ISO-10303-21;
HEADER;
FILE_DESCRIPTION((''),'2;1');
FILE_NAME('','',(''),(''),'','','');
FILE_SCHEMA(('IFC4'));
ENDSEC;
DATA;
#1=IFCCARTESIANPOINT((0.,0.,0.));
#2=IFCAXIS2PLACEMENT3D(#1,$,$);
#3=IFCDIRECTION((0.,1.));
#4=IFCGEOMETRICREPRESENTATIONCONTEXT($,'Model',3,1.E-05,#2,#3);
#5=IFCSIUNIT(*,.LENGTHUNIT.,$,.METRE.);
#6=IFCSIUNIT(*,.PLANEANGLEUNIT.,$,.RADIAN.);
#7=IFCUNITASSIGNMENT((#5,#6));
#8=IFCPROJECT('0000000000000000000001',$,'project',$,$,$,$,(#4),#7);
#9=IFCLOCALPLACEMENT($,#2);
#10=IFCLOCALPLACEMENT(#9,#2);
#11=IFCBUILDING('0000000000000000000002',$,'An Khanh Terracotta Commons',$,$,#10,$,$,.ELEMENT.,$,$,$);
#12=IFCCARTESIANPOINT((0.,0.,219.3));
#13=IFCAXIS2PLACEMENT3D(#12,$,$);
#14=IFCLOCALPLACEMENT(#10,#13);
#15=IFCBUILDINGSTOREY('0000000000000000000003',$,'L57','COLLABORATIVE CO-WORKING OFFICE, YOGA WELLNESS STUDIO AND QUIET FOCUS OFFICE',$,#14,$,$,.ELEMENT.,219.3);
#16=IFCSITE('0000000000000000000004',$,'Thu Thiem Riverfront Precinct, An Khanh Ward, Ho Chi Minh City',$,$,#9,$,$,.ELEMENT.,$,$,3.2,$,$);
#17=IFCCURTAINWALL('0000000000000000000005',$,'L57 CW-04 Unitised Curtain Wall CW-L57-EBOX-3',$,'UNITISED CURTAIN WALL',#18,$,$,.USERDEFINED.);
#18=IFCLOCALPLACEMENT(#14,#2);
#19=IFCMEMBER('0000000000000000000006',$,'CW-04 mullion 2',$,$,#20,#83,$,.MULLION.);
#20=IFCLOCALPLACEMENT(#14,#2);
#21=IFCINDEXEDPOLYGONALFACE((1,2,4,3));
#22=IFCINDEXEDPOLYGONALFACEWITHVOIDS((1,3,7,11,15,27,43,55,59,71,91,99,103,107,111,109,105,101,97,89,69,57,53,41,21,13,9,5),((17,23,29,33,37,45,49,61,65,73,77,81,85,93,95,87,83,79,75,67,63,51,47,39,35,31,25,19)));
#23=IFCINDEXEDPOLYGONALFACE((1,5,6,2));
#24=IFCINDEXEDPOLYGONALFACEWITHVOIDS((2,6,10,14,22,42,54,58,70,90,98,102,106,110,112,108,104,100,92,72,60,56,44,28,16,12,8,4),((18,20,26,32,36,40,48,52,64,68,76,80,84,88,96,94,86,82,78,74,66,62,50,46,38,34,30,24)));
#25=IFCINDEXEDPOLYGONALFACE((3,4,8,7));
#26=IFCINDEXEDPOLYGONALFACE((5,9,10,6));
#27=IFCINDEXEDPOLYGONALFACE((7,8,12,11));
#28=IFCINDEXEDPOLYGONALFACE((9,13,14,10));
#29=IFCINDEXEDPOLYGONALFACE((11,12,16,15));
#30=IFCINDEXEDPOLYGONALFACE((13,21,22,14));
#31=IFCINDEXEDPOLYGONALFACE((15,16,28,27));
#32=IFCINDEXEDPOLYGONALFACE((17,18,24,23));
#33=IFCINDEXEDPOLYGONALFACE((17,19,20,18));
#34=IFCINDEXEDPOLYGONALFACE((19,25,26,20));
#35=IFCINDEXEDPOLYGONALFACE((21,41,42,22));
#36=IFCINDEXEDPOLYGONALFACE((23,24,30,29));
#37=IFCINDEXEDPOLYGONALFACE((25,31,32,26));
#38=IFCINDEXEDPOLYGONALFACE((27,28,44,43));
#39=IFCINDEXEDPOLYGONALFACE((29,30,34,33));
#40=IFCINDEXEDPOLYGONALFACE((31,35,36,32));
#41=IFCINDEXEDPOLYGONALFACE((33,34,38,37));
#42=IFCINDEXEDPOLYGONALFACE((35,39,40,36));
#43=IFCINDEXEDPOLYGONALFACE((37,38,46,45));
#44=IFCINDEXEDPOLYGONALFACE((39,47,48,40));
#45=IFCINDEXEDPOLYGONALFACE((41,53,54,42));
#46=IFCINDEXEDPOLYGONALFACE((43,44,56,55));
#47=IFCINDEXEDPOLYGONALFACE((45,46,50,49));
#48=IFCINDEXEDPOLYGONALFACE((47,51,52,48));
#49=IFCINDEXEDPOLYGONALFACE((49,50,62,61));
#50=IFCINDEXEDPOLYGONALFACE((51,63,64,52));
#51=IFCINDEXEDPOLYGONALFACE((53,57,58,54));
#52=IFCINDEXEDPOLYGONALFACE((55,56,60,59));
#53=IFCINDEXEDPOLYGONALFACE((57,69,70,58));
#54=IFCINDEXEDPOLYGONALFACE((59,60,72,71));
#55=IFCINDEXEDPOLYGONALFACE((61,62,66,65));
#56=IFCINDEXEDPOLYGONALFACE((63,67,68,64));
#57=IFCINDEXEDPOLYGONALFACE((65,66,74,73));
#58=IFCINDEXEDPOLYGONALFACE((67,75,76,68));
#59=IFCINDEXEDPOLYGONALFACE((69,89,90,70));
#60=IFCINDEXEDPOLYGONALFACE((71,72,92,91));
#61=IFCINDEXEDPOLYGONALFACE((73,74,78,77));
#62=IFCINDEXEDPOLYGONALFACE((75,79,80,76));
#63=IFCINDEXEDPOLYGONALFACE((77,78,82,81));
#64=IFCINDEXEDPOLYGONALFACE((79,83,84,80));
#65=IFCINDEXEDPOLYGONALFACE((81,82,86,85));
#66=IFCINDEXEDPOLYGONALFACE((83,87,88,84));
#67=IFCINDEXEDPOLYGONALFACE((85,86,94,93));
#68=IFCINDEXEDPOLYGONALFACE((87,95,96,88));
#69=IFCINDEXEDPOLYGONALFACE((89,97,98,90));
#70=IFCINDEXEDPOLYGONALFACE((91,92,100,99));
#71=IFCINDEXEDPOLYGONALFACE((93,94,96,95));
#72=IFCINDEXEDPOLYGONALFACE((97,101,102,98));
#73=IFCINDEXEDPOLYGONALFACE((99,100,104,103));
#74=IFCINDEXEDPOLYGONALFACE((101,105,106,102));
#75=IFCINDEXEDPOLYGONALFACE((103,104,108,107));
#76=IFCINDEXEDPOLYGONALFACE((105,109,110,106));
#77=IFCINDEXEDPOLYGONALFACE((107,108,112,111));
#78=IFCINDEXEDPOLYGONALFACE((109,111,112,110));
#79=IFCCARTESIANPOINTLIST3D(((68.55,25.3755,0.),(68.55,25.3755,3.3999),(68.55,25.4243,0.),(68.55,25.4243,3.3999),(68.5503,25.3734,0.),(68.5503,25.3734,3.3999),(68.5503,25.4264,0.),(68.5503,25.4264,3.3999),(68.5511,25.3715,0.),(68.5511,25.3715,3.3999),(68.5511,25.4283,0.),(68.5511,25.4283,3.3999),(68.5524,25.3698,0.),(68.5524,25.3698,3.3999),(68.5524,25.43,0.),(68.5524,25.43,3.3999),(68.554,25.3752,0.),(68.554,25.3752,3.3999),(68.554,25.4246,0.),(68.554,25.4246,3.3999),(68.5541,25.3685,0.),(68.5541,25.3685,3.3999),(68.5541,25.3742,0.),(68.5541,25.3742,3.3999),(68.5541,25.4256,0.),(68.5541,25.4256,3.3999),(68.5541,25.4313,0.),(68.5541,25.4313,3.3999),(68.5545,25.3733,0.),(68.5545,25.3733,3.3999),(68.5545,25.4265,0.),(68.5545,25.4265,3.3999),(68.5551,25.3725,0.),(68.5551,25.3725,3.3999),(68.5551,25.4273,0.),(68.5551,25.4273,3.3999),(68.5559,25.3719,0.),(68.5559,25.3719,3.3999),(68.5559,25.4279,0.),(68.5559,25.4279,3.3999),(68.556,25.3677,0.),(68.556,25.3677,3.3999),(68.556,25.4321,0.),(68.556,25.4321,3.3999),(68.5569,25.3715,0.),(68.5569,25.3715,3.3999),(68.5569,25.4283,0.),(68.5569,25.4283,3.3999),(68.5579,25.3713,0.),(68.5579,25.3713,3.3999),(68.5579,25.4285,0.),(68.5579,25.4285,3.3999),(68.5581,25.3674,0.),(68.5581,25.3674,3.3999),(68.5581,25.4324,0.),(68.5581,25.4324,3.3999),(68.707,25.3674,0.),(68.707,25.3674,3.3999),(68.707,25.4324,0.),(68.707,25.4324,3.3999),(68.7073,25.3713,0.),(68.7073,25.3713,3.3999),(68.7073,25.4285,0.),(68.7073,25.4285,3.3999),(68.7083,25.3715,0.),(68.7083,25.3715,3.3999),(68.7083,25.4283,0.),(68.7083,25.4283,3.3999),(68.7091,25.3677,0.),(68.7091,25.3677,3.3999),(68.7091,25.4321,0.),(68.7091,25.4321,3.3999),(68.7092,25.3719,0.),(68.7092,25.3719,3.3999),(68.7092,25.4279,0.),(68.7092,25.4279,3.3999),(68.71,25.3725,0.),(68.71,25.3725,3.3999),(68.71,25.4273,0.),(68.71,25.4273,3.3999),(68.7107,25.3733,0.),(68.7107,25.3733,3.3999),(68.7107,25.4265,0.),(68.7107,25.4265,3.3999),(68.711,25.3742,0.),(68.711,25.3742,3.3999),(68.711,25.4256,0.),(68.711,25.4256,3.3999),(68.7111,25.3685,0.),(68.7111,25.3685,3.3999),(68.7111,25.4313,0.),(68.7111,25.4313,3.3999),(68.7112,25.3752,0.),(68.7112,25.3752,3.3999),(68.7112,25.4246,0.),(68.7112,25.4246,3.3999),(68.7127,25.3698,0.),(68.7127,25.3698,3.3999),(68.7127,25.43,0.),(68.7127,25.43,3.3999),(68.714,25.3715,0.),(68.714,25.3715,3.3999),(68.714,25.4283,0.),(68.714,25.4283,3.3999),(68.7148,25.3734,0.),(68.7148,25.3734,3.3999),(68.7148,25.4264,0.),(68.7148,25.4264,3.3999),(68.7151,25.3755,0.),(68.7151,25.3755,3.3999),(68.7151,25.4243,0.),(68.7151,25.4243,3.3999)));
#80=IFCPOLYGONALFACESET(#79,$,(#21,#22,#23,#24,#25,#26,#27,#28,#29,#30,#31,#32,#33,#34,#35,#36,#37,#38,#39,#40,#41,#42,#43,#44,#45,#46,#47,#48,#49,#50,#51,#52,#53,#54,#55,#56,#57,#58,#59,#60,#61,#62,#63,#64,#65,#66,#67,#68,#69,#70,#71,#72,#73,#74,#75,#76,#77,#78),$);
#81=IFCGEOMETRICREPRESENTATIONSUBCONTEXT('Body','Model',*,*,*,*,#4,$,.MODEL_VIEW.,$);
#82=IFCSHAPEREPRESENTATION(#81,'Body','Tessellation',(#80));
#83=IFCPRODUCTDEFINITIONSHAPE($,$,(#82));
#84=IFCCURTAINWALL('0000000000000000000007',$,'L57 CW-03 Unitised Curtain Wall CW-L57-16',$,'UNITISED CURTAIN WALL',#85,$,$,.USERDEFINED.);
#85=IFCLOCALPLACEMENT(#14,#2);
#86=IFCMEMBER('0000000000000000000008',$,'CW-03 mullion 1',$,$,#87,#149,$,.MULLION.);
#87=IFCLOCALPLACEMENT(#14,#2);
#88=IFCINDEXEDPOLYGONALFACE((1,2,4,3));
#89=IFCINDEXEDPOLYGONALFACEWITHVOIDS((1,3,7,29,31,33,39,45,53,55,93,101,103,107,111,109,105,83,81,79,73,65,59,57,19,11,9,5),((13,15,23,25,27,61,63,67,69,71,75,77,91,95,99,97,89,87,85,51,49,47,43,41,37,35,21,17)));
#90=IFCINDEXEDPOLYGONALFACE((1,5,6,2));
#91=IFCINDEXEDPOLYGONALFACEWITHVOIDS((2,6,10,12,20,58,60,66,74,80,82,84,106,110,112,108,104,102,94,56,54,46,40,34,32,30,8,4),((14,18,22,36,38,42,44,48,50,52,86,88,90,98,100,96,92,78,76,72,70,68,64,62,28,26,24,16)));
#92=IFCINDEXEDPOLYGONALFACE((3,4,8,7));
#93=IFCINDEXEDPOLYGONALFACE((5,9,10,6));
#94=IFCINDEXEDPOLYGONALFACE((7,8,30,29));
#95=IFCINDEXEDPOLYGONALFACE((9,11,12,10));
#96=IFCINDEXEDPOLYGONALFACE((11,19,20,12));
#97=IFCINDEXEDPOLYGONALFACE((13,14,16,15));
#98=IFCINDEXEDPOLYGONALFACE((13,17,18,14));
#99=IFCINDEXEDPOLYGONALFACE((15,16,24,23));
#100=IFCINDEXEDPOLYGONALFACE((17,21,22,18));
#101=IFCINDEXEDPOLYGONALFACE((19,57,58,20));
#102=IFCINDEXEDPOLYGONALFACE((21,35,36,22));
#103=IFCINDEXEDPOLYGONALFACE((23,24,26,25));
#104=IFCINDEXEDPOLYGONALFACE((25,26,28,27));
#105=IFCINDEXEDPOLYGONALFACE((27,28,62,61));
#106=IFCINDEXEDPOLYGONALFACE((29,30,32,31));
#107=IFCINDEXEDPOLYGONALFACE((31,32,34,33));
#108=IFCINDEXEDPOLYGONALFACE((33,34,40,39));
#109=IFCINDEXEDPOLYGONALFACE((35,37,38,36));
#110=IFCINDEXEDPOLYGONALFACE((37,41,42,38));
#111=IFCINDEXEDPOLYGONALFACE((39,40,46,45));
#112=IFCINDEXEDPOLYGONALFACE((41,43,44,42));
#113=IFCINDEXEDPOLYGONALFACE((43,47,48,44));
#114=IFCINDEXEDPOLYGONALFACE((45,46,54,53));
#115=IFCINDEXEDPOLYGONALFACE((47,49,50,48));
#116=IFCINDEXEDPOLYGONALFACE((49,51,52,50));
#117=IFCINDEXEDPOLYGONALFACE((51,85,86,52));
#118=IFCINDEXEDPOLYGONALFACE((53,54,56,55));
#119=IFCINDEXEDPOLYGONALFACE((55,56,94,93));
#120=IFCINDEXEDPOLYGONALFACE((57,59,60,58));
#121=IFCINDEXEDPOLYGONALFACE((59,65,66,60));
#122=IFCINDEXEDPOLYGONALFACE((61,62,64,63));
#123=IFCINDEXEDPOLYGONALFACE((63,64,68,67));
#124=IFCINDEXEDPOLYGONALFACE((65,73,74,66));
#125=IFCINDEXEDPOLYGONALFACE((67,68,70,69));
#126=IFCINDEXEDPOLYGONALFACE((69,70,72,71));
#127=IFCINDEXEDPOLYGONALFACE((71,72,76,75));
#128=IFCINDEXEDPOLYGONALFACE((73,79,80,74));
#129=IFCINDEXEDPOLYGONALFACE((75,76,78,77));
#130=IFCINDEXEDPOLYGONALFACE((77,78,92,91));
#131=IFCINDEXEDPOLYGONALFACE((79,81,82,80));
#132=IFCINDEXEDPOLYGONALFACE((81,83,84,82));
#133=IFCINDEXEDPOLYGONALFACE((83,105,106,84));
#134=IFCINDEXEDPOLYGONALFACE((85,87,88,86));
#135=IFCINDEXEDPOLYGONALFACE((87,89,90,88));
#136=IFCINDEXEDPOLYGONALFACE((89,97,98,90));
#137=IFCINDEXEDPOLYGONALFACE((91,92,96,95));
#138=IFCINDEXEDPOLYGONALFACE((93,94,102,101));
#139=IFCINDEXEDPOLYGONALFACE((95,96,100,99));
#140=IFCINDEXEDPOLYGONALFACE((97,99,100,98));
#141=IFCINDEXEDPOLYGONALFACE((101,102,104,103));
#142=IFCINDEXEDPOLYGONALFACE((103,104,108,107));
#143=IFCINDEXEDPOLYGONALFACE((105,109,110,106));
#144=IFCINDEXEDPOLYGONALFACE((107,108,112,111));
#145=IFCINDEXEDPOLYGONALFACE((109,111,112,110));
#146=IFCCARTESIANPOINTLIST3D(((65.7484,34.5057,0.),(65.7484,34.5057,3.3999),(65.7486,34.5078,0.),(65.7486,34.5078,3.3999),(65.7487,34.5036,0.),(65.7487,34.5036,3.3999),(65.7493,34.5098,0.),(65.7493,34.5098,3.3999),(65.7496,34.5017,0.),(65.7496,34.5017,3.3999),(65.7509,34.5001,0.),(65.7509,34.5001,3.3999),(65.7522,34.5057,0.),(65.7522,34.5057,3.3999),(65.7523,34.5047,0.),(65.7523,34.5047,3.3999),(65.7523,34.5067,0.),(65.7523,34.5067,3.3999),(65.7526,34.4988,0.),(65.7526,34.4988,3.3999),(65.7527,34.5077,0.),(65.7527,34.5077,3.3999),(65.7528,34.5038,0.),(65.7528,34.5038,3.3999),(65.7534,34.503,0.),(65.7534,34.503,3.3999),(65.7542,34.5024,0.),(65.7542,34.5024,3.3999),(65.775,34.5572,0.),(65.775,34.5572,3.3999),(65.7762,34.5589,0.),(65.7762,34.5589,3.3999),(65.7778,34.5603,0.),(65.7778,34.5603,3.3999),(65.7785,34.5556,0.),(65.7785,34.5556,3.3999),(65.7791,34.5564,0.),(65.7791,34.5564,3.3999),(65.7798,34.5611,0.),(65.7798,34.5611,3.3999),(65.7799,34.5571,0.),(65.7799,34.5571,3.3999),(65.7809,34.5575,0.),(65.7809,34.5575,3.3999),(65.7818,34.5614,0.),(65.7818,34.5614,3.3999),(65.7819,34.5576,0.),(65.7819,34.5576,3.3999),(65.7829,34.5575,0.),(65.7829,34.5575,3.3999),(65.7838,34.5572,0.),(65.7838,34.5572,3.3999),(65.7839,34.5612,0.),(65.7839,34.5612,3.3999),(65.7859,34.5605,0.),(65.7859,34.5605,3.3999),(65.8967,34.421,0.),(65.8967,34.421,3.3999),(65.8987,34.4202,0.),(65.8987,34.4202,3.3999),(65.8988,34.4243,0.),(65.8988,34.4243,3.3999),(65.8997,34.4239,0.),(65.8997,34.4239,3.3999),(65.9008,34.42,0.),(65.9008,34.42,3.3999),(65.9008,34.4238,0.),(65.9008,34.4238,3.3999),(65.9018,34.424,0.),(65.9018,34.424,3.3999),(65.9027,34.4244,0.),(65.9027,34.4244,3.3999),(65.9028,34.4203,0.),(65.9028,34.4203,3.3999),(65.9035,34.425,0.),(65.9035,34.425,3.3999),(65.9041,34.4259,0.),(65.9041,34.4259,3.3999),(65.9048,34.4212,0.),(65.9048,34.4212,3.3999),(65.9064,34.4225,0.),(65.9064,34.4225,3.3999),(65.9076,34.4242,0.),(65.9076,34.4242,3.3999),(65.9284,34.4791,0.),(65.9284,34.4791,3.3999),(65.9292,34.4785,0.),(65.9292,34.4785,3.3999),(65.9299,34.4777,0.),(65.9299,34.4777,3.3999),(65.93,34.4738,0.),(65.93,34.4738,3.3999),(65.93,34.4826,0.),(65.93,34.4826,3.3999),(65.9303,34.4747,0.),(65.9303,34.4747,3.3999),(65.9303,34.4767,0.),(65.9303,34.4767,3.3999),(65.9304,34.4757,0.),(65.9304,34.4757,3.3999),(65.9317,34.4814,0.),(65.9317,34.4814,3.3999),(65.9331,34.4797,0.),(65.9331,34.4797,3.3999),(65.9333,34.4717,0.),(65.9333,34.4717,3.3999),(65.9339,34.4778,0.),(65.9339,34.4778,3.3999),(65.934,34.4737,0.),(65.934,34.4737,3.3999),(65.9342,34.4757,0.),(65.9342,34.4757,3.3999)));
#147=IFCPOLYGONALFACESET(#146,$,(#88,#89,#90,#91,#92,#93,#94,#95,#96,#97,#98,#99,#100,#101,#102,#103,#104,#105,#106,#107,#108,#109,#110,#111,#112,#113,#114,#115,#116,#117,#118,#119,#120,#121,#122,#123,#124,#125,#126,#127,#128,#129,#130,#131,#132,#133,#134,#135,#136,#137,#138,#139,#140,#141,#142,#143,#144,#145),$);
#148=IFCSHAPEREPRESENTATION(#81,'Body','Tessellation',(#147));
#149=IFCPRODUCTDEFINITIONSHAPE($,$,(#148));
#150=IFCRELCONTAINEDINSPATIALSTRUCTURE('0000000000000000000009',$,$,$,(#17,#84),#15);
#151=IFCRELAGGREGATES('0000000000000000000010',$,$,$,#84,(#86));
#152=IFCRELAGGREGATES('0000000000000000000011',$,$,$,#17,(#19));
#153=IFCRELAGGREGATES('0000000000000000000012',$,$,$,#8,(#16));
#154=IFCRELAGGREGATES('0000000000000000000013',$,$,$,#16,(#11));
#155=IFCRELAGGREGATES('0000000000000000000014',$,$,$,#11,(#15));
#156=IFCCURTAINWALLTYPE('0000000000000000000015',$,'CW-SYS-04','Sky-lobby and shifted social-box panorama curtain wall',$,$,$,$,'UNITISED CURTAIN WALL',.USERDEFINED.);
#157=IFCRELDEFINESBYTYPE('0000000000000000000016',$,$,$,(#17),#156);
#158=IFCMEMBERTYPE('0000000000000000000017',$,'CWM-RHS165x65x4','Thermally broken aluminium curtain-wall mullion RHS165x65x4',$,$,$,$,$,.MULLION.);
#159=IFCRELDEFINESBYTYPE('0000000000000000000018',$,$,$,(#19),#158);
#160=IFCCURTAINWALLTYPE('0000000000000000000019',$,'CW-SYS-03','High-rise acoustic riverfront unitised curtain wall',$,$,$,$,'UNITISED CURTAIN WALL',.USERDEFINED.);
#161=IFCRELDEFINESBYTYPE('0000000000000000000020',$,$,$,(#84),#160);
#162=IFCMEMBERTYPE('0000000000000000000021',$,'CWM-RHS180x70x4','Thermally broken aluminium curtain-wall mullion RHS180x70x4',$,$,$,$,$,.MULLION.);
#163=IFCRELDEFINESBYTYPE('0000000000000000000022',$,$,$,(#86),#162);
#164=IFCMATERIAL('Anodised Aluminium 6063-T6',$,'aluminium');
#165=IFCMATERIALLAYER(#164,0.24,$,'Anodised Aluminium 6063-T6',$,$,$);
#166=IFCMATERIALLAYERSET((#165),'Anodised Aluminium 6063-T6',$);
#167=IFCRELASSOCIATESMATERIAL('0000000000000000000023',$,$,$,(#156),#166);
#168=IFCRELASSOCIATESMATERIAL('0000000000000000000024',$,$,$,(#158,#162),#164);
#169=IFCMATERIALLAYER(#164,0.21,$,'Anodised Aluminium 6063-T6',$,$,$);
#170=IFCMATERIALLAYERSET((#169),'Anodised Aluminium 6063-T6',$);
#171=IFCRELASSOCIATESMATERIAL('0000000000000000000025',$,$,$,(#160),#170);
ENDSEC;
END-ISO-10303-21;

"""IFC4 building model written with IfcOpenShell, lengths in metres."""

from ifc_helpers import new_model, si_unit, direction, frame, origin, origin_2d, place, context, subcontext, project, spatial, hollow_rectangle, extrude, material, layer, layer_set, material_profile, profile_set, type_object, element, aggregate, save


model = new_model("IFC4")

# Units and contexts
model_context = context("Model", 3, precision=1e-05, world=origin(), true_north=direction((0.0, 1.0)))
body_context = subcontext(model_context, "Body", "Model", "MODEL_VIEW")
ifc_project = project(units=[si_unit("LENGTHUNIT", "METRE"), si_unit("PLANEANGLEUNIT", "RADIAN")], contexts=[model_context])

# Site, building, storey
site_placement = place(None, origin())
site = spatial("IfcSite", under=ifc_project, at=site_placement, Name="Thu Thiem Riverfront Precinct, An Khanh Ward, Ho Chi Minh City", CompositionType="ELEMENT", RefElevation=3.2)
building_placement = place(site_placement, origin())
building = spatial("IfcBuilding", under=site, at=building_placement, Name="An Khanh Terracotta Commons", CompositionType="ELEMENT")
storey_placement = place(building_placement, frame((0.0, 0.0, 219.3)))
storey = spatial("IfcBuildingStorey", under=building, at=storey_placement, Name="L57", Description="COLLABORATIVE CO-WORKING OFFICE, YOGA WELLNESS STUDIO AND QUIET FOCUS OFFICE", CompositionType="ELEMENT", Elevation=219.3)

# Shared definitions
ifc_material_1 = material(Name="Anodised Aluminium 6063-T6", Category="aluminium")
ifc_layer_1 = layer(ifc_material_1, 0.24, Name="Anodised Aluminium 6063-T6")
ifc_layer_set_1 = layer_set([ifc_layer_1], Name="Anodised Aluminium 6063-T6")
curtain_wall_type_1 = type_object("IfcCurtainWallType", Name="CW-SYS-04", Description="Sky-lobby and shifted social-box panorama curtain wall", ElementType="UNITISED CURTAIN WALL", PredefinedType="USERDEFINED", material=ifc_layer_set_1)
ifc_material_profile_1 = material_profile(ifc_material_1, hollow_rectangle(XDim=0.0649, YDim=0.165, WallThickness=0.0039, InnerFilletRadius=0.0039, OuterFilletRadius=0.0081, at=origin_2d()), Name="RHS165x65x4")
ifc_profile_set_1 = profile_set([ifc_material_profile_1], Name="Anodised Aluminium 6063-T6")
member_type_1 = type_object("IfcMemberType", Name="CWM-RHS165x65x4", Description="Thermally broken aluminium curtain-wall mullion RHS165x65x4", PredefinedType="MULLION", material=ifc_profile_set_1)

# Curtain walls, members
curtain_wall_1_placement = place(storey_placement, origin())
curtain_wall_1 = element("IfcCurtainWall", 1, at=curtain_wall_1_placement, inside=storey, type_object=curtain_wall_type_1, Name="L57 CW-04 Unitised Curtain Wall CW-L57-EBOX-3", ObjectType="UNITISED CURTAIN WALL", PredefinedType="USERDEFINED")
member_1_placement = place(storey_placement, frame((68.6326, 25.3999, 0.0), z_axis=(0.0, 0.0, 1.0), x_axis=(0.0, -1.0, 0.0)))
member_1 = element("IfcMember", 2, at=member_1_placement, type_object=member_type_1, Name="CW-04 mullion 2", PredefinedType="MULLION", context=body_context, shape_type="SweptSolid", body=[
    extrude(hollow_rectangle(XDim=0.0649, YDim=0.165, WallThickness=0.0039, InnerFilletRadius=0.0039, OuterFilletRadius=0.0081, at=origin_2d()), origin(), (0.0, 0.0, 1.0), 3.3999),
])
ifc_layer_2 = layer(ifc_material_1, 0.21, Name="Anodised Aluminium 6063-T6")
ifc_layer_set_2 = layer_set([ifc_layer_2], Name="Anodised Aluminium 6063-T6")
curtain_wall_type_2 = type_object("IfcCurtainWallType", Name="CW-SYS-03", Description="High-rise acoustic riverfront unitised curtain wall", ElementType="UNITISED CURTAIN WALL", PredefinedType="USERDEFINED", material=ifc_layer_set_2)
curtain_wall_2_placement = place(storey_placement, origin())
curtain_wall_2 = element("IfcCurtainWall", 3, at=curtain_wall_2_placement, inside=storey, type_object=curtain_wall_type_2, Name="L57 CW-03 Unitised Curtain Wall CW-L57-16", ObjectType="UNITISED CURTAIN WALL", PredefinedType="USERDEFINED")
ifc_material_profile_2 = material_profile(ifc_material_1, hollow_rectangle(XDim=0.0701, YDim=0.1799, WallThickness=0.0039, InnerFilletRadius=0.0039, OuterFilletRadius=0.0081, at=origin_2d()), Name="RHS180x70x4")
ifc_profile_set_2 = profile_set([ifc_material_profile_2], Name="Anodised Aluminium 6063-T6")
member_type_2 = type_object("IfcMemberType", Name="CWM-RHS180x70x4", Description="Thermally broken aluminium curtain-wall mullion RHS180x70x4", PredefinedType="MULLION", material=ifc_profile_set_2)
member_2_placement = place(storey_placement, frame((65.8413, 34.4907, 0.0), z_axis=(0.0, 0.0, 1.0), x_axis=(-0.475381, -0.87978, 0.0)))
member_2 = element("IfcMember", 4, at=member_2_placement, type_object=member_type_2, Name="CW-03 mullion 1", PredefinedType="MULLION", context=body_context, shape_type="SweptSolid", body=[
    extrude(hollow_rectangle(XDim=0.0701, YDim=0.1799, WallThickness=0.0039, InnerFilletRadius=0.0039, OuterFilletRadius=0.0081, at=origin_2d()), origin(), (0.0, 0.0, 1.0), 3.3999),
])

aggregate(curtain_wall_2, [member_2])
aggregate(curtain_wall_1, [member_1])

save(model, "model.ifc")
